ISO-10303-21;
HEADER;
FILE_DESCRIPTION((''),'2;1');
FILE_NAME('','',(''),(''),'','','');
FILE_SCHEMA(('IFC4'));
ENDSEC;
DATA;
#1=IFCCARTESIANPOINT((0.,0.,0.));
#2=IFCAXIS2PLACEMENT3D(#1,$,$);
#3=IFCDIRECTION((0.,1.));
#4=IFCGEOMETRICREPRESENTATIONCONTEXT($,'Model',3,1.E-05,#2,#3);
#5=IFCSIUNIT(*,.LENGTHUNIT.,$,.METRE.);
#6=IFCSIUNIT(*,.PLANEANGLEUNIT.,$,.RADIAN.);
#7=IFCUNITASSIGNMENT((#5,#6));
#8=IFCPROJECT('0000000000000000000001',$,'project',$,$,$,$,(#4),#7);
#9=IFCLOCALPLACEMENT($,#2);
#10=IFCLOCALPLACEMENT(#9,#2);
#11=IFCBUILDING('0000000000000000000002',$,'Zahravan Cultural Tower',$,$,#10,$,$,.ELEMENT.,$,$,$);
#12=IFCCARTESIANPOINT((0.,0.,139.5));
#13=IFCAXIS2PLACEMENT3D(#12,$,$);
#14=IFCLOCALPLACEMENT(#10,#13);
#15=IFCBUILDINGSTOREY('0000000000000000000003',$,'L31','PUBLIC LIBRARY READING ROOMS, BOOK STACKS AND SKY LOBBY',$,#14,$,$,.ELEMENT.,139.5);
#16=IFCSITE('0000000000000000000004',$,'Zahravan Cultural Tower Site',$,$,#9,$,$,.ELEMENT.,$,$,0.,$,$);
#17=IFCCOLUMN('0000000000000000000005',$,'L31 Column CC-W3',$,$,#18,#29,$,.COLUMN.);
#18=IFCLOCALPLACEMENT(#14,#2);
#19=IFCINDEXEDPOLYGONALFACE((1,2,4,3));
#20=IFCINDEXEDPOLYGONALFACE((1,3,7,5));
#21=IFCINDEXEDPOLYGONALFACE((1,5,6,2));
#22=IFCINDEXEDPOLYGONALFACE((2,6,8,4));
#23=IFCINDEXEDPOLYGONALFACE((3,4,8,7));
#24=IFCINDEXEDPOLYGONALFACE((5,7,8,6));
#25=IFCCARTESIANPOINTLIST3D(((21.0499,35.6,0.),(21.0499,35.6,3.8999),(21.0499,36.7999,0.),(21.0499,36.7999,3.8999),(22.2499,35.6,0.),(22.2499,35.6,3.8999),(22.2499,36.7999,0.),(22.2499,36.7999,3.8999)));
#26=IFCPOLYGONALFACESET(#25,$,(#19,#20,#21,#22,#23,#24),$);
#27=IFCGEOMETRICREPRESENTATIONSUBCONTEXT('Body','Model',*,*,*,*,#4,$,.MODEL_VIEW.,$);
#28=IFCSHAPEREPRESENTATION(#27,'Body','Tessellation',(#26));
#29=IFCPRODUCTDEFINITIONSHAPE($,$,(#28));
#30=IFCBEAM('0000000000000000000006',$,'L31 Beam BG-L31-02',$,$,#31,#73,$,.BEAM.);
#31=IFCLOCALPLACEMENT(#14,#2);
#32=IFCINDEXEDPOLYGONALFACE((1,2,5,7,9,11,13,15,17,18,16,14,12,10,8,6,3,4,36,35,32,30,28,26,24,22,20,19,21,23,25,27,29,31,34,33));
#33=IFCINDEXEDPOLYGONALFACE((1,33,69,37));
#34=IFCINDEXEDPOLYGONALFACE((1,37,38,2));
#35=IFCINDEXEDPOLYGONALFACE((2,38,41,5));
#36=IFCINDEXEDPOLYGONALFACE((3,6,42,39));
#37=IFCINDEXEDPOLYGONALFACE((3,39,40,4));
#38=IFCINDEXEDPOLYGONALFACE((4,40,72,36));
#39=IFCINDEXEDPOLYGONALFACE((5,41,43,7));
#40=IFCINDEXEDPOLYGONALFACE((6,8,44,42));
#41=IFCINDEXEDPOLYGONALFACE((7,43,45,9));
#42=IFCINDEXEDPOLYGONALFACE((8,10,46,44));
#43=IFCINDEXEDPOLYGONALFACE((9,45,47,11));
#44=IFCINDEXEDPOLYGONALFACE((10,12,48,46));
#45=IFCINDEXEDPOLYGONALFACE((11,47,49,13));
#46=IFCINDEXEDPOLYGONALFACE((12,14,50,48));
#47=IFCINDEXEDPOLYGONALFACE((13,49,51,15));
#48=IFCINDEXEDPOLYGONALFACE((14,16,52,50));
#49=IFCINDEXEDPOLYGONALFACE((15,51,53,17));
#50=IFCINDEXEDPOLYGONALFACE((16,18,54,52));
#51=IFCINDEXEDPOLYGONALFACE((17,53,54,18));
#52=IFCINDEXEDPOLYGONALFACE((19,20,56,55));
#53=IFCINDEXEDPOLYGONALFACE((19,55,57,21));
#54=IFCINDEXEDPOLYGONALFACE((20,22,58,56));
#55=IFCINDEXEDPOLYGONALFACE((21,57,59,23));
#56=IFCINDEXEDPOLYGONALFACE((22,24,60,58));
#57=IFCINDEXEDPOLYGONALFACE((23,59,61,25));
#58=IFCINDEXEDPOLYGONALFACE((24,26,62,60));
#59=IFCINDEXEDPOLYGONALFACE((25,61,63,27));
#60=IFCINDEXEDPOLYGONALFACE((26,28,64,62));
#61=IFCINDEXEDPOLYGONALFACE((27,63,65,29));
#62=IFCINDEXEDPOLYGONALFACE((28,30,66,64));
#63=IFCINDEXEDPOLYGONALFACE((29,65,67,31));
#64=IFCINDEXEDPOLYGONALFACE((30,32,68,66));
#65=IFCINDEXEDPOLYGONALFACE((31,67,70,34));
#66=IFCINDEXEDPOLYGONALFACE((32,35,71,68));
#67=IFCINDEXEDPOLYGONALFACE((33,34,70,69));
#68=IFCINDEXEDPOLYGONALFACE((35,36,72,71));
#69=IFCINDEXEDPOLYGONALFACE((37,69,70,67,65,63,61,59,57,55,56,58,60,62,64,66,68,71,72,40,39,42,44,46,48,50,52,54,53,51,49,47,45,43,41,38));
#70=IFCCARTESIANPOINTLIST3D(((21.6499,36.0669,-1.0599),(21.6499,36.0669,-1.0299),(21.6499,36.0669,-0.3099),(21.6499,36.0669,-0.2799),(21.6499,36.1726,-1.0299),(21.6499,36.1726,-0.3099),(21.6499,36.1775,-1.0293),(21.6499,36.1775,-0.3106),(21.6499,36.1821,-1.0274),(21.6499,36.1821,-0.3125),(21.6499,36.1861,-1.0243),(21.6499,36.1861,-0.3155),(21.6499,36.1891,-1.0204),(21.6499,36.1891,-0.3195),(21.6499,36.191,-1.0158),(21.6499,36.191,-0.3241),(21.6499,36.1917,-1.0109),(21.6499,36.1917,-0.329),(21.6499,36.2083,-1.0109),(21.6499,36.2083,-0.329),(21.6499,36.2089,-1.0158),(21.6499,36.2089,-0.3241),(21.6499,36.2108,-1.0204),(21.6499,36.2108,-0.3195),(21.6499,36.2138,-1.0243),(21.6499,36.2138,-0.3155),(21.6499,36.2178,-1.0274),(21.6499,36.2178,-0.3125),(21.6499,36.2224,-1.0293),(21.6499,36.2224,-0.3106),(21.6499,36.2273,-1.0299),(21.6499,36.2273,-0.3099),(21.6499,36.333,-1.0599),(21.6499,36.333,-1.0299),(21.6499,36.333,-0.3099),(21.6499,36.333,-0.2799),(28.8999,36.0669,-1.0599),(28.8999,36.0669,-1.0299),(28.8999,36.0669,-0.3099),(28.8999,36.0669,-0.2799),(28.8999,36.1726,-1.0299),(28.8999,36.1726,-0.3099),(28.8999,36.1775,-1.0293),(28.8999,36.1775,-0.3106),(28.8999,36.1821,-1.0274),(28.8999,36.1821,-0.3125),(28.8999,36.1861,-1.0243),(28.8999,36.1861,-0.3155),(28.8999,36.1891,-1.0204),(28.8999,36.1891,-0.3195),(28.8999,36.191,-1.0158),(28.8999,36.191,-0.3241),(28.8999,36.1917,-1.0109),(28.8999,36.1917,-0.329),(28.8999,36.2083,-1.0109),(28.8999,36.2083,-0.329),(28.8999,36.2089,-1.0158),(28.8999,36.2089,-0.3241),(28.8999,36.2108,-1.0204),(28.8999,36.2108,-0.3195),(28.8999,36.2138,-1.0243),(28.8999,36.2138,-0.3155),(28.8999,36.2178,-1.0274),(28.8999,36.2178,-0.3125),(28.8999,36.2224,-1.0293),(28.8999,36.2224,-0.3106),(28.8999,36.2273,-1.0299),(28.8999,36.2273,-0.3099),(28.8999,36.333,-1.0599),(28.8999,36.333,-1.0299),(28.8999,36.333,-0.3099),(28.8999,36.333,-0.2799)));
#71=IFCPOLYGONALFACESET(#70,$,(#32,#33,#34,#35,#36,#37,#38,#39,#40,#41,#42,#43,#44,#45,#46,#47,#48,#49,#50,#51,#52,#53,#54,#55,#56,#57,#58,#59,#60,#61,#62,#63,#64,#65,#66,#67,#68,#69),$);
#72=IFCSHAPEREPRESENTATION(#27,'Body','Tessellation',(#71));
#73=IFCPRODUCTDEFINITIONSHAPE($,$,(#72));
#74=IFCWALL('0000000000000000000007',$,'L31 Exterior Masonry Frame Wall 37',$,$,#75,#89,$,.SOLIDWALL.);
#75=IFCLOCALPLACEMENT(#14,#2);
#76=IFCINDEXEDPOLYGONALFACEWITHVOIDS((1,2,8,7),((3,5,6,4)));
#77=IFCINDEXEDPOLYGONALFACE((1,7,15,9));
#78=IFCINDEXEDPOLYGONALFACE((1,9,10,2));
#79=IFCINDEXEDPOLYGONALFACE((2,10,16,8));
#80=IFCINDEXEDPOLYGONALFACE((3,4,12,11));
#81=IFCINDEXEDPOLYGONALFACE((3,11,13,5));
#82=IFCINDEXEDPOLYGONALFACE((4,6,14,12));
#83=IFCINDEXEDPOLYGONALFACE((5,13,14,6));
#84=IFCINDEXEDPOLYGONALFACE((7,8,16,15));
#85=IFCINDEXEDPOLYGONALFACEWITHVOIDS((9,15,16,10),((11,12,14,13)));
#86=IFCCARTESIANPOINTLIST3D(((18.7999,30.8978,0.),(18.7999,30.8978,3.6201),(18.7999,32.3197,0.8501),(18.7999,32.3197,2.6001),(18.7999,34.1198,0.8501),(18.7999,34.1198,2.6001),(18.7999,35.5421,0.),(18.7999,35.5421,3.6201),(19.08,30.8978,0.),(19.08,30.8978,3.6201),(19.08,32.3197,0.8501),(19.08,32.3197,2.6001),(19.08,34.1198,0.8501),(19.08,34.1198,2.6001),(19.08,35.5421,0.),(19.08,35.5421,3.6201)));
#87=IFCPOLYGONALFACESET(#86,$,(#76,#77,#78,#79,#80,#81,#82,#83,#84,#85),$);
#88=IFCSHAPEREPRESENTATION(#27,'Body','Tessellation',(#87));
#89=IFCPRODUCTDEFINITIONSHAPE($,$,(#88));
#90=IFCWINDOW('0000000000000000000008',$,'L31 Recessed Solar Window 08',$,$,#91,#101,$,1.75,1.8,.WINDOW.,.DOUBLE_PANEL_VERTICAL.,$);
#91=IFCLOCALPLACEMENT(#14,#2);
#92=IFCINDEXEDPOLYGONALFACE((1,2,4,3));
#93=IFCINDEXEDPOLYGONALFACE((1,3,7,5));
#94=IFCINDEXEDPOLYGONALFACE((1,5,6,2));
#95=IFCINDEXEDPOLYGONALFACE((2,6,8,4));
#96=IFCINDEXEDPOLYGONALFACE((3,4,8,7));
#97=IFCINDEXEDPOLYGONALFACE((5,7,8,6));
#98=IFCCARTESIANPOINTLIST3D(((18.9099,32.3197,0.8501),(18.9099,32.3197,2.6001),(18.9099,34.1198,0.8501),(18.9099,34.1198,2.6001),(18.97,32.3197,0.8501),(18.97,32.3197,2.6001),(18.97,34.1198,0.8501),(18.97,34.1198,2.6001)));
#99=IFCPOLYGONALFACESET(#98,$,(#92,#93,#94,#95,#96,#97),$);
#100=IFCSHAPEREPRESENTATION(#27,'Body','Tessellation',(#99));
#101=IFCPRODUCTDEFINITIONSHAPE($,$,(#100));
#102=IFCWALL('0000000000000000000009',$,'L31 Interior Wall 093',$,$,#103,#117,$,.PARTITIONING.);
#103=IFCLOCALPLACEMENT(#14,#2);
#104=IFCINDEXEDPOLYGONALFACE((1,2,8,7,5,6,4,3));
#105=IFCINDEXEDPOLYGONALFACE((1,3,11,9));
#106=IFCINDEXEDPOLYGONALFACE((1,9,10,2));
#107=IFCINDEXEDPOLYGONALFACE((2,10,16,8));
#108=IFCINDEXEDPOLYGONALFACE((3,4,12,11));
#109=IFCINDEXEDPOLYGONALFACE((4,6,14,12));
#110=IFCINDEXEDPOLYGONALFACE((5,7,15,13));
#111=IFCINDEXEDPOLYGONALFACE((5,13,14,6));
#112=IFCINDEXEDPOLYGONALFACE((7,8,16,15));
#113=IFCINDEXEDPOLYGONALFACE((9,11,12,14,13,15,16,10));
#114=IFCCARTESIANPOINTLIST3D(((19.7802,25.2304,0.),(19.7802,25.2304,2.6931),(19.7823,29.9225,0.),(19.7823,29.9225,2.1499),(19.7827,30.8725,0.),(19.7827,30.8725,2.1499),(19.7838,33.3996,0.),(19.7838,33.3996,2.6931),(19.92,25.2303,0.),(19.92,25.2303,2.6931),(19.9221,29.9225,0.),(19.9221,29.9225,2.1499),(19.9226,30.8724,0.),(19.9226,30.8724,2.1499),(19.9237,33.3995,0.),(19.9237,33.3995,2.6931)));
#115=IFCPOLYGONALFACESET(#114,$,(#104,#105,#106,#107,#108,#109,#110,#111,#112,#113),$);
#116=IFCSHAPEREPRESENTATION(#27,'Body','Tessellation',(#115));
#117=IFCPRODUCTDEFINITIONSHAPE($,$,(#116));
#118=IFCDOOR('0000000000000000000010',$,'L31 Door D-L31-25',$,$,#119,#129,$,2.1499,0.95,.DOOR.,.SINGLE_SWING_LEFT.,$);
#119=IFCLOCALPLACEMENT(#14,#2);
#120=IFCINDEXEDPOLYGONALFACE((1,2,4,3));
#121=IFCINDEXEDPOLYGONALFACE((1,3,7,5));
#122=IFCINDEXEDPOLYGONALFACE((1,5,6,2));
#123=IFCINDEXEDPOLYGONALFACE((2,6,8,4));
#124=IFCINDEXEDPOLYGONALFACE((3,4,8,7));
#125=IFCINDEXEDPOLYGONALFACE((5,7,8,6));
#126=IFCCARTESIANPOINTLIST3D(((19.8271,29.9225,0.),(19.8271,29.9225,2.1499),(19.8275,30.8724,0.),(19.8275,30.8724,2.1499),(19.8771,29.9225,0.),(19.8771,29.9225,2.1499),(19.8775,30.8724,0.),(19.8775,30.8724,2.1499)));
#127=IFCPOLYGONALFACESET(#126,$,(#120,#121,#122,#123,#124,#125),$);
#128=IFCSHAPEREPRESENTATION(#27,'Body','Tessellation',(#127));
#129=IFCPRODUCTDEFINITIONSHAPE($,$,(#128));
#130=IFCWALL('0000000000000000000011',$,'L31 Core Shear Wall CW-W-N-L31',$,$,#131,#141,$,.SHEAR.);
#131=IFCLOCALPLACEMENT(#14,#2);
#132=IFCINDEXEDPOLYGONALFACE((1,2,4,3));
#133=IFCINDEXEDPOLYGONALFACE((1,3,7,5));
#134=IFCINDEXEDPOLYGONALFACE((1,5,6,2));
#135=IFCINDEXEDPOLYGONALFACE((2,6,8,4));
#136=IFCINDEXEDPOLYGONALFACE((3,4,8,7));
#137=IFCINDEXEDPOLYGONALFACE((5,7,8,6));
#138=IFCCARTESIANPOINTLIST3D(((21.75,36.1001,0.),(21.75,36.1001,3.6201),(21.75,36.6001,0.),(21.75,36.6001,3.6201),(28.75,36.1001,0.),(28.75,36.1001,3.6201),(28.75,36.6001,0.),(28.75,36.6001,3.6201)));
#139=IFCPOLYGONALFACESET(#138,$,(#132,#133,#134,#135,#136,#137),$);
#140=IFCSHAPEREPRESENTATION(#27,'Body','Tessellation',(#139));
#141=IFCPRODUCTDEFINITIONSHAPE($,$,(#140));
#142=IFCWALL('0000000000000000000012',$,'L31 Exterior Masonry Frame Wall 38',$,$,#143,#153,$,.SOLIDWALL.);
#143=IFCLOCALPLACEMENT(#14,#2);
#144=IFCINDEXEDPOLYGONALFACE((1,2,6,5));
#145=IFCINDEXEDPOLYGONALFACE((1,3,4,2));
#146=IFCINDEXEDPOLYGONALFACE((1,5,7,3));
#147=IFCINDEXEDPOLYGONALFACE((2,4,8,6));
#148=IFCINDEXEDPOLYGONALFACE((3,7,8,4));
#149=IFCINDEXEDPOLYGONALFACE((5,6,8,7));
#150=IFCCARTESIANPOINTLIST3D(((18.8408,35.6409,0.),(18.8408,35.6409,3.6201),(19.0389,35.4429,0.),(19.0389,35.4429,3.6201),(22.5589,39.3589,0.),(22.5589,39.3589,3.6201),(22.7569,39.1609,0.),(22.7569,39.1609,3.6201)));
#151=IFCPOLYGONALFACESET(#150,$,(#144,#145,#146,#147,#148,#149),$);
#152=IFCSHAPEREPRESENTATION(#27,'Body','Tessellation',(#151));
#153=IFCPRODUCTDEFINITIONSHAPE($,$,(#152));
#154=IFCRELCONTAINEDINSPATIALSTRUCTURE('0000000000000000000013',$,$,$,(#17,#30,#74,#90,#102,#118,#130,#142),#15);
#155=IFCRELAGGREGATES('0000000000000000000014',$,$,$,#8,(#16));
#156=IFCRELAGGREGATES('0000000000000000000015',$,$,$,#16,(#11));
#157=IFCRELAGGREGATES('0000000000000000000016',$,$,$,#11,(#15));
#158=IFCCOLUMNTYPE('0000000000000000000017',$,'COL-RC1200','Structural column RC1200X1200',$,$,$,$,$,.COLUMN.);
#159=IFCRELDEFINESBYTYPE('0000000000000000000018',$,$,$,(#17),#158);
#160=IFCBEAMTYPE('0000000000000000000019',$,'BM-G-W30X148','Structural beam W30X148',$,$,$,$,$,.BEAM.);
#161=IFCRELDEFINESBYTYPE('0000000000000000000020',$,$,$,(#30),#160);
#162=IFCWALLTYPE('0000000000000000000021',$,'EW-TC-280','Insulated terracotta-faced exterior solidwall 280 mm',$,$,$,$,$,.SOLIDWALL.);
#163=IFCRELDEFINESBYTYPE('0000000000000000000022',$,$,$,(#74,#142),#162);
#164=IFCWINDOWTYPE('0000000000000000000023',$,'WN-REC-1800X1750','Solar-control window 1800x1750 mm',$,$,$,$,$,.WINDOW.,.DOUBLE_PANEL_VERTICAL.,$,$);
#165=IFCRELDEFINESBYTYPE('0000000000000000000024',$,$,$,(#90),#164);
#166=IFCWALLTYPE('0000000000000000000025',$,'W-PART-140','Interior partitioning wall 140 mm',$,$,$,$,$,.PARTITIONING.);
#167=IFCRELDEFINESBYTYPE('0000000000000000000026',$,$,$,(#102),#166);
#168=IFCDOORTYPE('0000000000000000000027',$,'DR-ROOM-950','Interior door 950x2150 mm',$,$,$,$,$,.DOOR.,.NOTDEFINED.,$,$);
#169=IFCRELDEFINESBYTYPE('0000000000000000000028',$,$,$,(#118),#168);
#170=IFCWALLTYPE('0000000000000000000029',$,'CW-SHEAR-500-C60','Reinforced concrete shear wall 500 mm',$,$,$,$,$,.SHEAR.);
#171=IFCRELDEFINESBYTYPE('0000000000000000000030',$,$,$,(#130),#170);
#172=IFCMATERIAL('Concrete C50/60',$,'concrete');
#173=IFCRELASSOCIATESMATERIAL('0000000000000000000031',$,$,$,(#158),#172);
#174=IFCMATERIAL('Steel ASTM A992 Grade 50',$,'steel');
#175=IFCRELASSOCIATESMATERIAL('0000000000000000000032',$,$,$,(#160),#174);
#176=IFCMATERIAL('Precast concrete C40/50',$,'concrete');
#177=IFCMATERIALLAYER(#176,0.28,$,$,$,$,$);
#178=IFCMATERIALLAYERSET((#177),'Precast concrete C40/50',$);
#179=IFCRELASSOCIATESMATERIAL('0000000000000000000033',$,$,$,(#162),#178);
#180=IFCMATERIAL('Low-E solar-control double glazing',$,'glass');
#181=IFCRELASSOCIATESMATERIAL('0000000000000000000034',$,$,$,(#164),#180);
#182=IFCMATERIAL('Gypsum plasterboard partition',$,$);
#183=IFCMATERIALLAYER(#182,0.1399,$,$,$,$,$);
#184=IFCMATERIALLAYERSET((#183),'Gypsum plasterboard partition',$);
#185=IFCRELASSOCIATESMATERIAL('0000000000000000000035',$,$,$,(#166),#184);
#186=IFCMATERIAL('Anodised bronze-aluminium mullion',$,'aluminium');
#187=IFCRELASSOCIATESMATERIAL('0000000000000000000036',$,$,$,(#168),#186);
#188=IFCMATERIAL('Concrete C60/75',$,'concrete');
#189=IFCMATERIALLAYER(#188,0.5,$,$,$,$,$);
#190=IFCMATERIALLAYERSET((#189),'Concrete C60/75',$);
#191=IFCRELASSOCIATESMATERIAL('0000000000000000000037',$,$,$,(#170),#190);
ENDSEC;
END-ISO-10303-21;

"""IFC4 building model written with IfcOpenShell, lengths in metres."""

from ifc_helpers import new_model, si_unit, direction, frame, frame_2d, origin, origin_2d, place, context, subcontext, project, spatial, rectangle, i_section, extrude, source, transform, mapped, material, layer, layer_set, material_profile, profile_set, type_object, element, fill, save


model = new_model("IFC4")

# Units and contexts
model_context = context("Model", 3, precision=1e-05, world=origin(), true_north=direction((0.0, 1.0)))
body_context = subcontext(model_context, "Body", "Model", "MODEL_VIEW")
ifc_project = project(units=[si_unit("LENGTHUNIT", "METRE"), si_unit("PLANEANGLEUNIT", "RADIAN")], contexts=[model_context])

# Site, building, storey
site_placement = place(None, origin())
site = spatial("IfcSite", under=ifc_project, at=site_placement, Name="Zahravan Cultural Tower Site", CompositionType="ELEMENT", RefElevation=0.0)
building_placement = place(site_placement, origin())
building = spatial("IfcBuilding", under=site, at=building_placement, Name="Zahravan Cultural Tower", CompositionType="ELEMENT")
storey_placement = place(building_placement, frame((0.0, 0.0, 139.5)))
storey = spatial("IfcBuildingStorey", under=building, at=storey_placement, Name="L31", Description="PUBLIC LIBRARY READING ROOMS, BOOK STACKS AND SKY LOBBY", CompositionType="ELEMENT", Elevation=139.5)

# Column
ifc_material_1 = material(Name="Concrete C50/60", Category="concrete")
ifc_material_profile_1 = material_profile(ifc_material_1, rectangle(XDim=1.2, YDim=1.2, at=origin_2d()), Name="RC1200X1200")
ifc_profile_set_1 = profile_set([ifc_material_profile_1], Name="Concrete C50/60")
column_type = type_object("IfcColumnType", Name="COL-RC1200", Description="Structural column RC1200X1200", PredefinedType="COLUMN", material=ifc_profile_set_1)
shared_shape_1 = source(origin(), body_context, "Body", "SweptSolid", [
    extrude(rectangle(XDim=1.2, YDim=1.2, at=origin_2d()), origin(), (0.0, 0.0, 1.0), 3.8999),
])
column_placement = place(storey_placement, frame((21.6499, 36.2, 0.0), z_axis=(0.0, 0.0, 1.0), x_axis=(1.0, 0.0, 0.0)))
element("IfcColumn", 1, at=column_placement, inside=storey, type_object=column_type, Name="L31 Column CC-W3", PredefinedType="COLUMN", context=body_context, shape_type="MappedRepresentation", body=[
    mapped(shared_shape_1, transform((0.0, 0.0, 0.0), x_axis=(1.0, 0.0, 0.0), y_axis=(0.0, 1.0, 0.0), z_axis=(0.0, 0.0, 1.0), scale=1.0)),
])

# Beam
ifc_material_2 = material(Name="Steel ASTM A992 Grade 50", Category="steel")
ifc_material_profile_2 = material_profile(ifc_material_2, i_section(OverallWidth=0.2661, OverallDepth=0.78, WebThickness=0.0166, FlangeThickness=0.03, FilletRadius=0.019, at=origin_2d()), Name="W30X148")
ifc_profile_set_2 = profile_set([ifc_material_profile_2], Name="Steel ASTM A992 Grade 50")
beam_type = type_object("IfcBeamType", Name="BM-G-W30X148", Description="Structural beam W30X148", PredefinedType="BEAM", material=ifc_profile_set_2)
shared_shape_2 = source(origin(), body_context, "Body", "SweptSolid", [
    extrude(i_section(OverallWidth=0.2661, OverallDepth=0.78, WebThickness=0.0166, FlangeThickness=0.03, FilletRadius=0.019, at=origin_2d()), origin(), (0.0, 0.0, 1.0), 7.25),
])
beam_placement = place(storey_placement, frame((21.6499, 36.2, -0.6699), z_axis=(1.0, 0.0, 0.0), x_axis=(0.0, 1.0, 0.0)))
element("IfcBeam", 2, at=beam_placement, inside=storey, type_object=beam_type, Name="L31 Beam BG-L31-02", PredefinedType="BEAM", context=body_context, shape_type="MappedRepresentation", body=[
    mapped(shared_shape_2, transform((0.0, 0.0, 0.0), x_axis=(1.0, 0.0, 0.0), y_axis=(0.0, 1.0, 0.0), z_axis=(0.0, 0.0, 1.0), scale=1.0)),
])

# Wall, opening, window
ifc_material_3 = material(Name="Precast concrete C40/50", Category="concrete")
ifc_layer_1 = layer(ifc_material_3, 0.28)
ifc_layer_set_1 = layer_set([ifc_layer_1], Name="Precast concrete C40/50")
wall_type_1 = type_object("IfcWallType", Name="EW-TC-280", Description="Insulated terracotta-faced exterior solidwall 280 mm", PredefinedType="SOLIDWALL", material=ifc_layer_set_1)
wall_1_placement = place(storey_placement, frame((18.9399, 30.8977, 0.0), z_axis=(0.0, 0.0, 1.0), x_axis=(0.0, 1.0, 0.0)))
wall_1 = element("IfcWall", 3, at=wall_1_placement, inside=storey, type_object=wall_type_1, Name="L31 Exterior Masonry Frame Wall 37", PredefinedType="SOLIDWALL", context=body_context, shape_type="SweptSolid", body=[
    extrude(rectangle(XDim=4.6443, YDim=0.28, at=frame_2d((2.3223, 0.0))), origin(), (0.0, 0.0, 1.0), 3.6201),
])
opening_1_placement = place(wall_1_placement, frame((1.4221, 0.0, 0.8501)))
opening_1 = element("IfcOpeningElement", 4, at=opening_1_placement, cuts=wall_1, PredefinedType="OPENING", context=body_context, shape_type="SweptSolid", body=[
    extrude(rectangle(XDim=1.8, YDim=1.75, at=frame_2d((0.8999, 0.875))), frame((0.0, 0.1499, 0.0), z_axis=(0.0, -1.0, 0.0), x_axis=(1.0, 0.0, 0.0)), (0.0, 0.0, 1.0), 0.3),
])
ifc_material_4 = material(Name="Low-E solar-control double glazing", Category="glass")
window_type = type_object("IfcWindowType", Name="WN-REC-1800X1750", Description="Solar-control window 1800x1750 mm", PartitioningType="DOUBLE_PANEL_VERTICAL", PredefinedType="WINDOW", material=ifc_material_4)
shared_shape_3 = source(origin(), body_context, "Body", "SweptSolid", [
    extrude(rectangle(XDim=1.8, YDim=1.75, at=frame_2d((0.8999, 0.875))), frame((0.0, 0.03, 0.0), z_axis=(0.0, -1.0, 0.0), x_axis=(1.0, 0.0, 0.0)), (0.0, 0.0, 1.0), 0.0601),
])
window_placement = place(opening_1_placement, origin())
window = element("IfcWindow", 5, at=window_placement, inside=storey, type_object=window_type, Name="L31 Recessed Solar Window 08", OverallHeight=1.75, OverallWidth=1.8, PartitioningType="DOUBLE_PANEL_VERTICAL", PredefinedType="WINDOW", context=body_context, shape_type="MappedRepresentation", body=[
    mapped(shared_shape_3, transform((0.0, 0.0, 0.0), x_axis=(1.0, 0.0, 0.0), y_axis=(0.0, 1.0, 0.0), z_axis=(0.0, 0.0, 1.0), scale=1.0)),
])
fill(opening_1, window)

# Wall, opening, door
ifc_material_5 = material(Name="Anodised bronze-aluminium mullion", Category="aluminium")
ifc_material_6 = material(Name="Gypsum plasterboard partition")
ifc_layer_2 = layer(ifc_material_6, 0.1399)
ifc_layer_set_2 = layer_set([ifc_layer_2], Name="Gypsum plasterboard partition")
wall_type_2 = type_object("IfcWallType", Name="W-PART-140", Description="Interior partitioning wall 140 mm", PredefinedType="PARTITIONING", material=ifc_layer_set_2)
wall_2_placement = place(storey_placement, frame((19.8538, 33.3994, 0.0), z_axis=(0.0, 0.0, 1.0), x_axis=(-0.000448, -1.0, 0.0)))
wall_2 = element("IfcWall", 6, at=wall_2_placement, inside=storey, type_object=wall_type_2, Name="L31 Interior Wall 093", PredefinedType="PARTITIONING", context=body_context, shape_type="SweptSolid", body=[
    extrude(rectangle(XDim=8.1692, YDim=0.1399, at=frame_2d((4.0845, 0.0))), origin(), (0.0, 0.0, 1.0), 2.6931),
])
opening_2_placement = place(wall_2_placement, frame((2.5269, 0.0, 0.0)))
opening_2 = element("IfcOpeningElement", 7, at=opening_2_placement, cuts=wall_2, PredefinedType="OPENING", context=body_context, shape_type="SweptSolid", body=[
    extrude(rectangle(XDim=0.95, YDim=2.1499, at=frame_2d((0.4751, 1.075))), frame((0.0, 0.0798, 0.0), z_axis=(0.0, -1.0, 0.0), x_axis=(1.0, 0.0, 0.0)), (0.0, 0.0, 1.0), 0.1599),
])
door_type_1 = type_object("IfcDoorType", Name="DR-ROOM-950", Description="Interior door 950x2150 mm", OperationType="NOTDEFINED", PredefinedType="DOOR", material=ifc_material_5)
shared_shape_4 = source(origin(), body_context, "Body", "SweptSolid", [
    extrude(rectangle(XDim=0.95, YDim=2.1499, at=frame_2d((0.4751, 1.075))), frame((0.0, 0.0249, 0.0), z_axis=(0.0, -1.0, 0.0), x_axis=(1.0, 0.0, 0.0)), (0.0, 0.0, 1.0), 0.05),
])
door_1_placement = place(opening_2_placement, origin())
door_1 = element("IfcDoor", 8, at=door_1_placement, inside=storey, type_object=door_type_1, Name="L31 Door D-L31-25", OperationType="SINGLE_SWING_LEFT", OverallHeight=2.1499, OverallWidth=0.95, PredefinedType="DOOR", context=body_context, shape_type="MappedRepresentation", body=[
    mapped(shared_shape_4, transform((0.0, 0.0, 0.0), x_axis=(1.0, 0.0, 0.0), y_axis=(0.0, 1.0, 0.0), z_axis=(0.0, 0.0, 1.0), scale=1.0)),
])
fill(opening_2, door_1)

# Walls
ifc_material_7 = material(Name="Concrete C60/75", Category="concrete")
ifc_layer_3 = layer(ifc_material_7, 0.5)
ifc_layer_set_3 = layer_set([ifc_layer_3], Name="Concrete C60/75")
wall_type_3 = type_object("IfcWallType", Name="CW-SHEAR-500-C60", Description="Reinforced concrete shear wall 500 mm", PredefinedType="SHEAR", material=ifc_layer_set_3)
shared_shape_5 = source(origin(), body_context, "Body", "SweptSolid", [
    extrude(rectangle(XDim=7.0, YDim=0.5, at=frame_2d((3.5, 0.0))), origin(), (0.0, 0.0, 1.0), 3.6201),
])
wall_3_placement = place(storey_placement, frame((21.75, 36.3501, 0.0), z_axis=(0.0, 0.0, 1.0), x_axis=(1.0, 0.0, 0.0)))
element("IfcWall", 9, at=wall_3_placement, inside=storey, type_object=wall_type_3, Name="L31 Core Shear Wall CW-W-N-L31", PredefinedType="SHEAR", context=body_context, shape_type="MappedRepresentation", body=[
    mapped(shared_shape_5, transform((0.0, 0.0, 0.0), x_axis=(1.0, 0.0, 0.0), y_axis=(0.0, 1.0, 0.0), z_axis=(0.0, 0.0, 1.0), scale=1.0)),
])
shared_shape_6 = source(origin(), body_context, "Body", "SweptSolid", [
    extrude(rectangle(XDim=5.2581, YDim=0.28, at=frame_2d((2.6289, 0.0))), origin(), (0.0, 0.0, 1.0), 3.6201),
])
wall_4_placement = place(storey_placement, frame((18.9399, 35.542, 0.0), z_axis=(0.0, 0.0, 1.0), x_axis=(0.707107, 0.707107, 0.0)))
element("IfcWall", 10, at=wall_4_placement, inside=storey, type_object=wall_type_1, Name="L31 Exterior Masonry Frame Wall 38", PredefinedType="SOLIDWALL", context=body_context, shape_type="MappedRepresentation", body=[
    mapped(shared_shape_6, transform((0.0, 0.0, 0.0), x_axis=(1.0, 0.0, 0.0), y_axis=(0.0, 1.0, 0.0), z_axis=(0.0, 0.0, 1.0), scale=1.0)),
])

save(model, "model.ifc")
